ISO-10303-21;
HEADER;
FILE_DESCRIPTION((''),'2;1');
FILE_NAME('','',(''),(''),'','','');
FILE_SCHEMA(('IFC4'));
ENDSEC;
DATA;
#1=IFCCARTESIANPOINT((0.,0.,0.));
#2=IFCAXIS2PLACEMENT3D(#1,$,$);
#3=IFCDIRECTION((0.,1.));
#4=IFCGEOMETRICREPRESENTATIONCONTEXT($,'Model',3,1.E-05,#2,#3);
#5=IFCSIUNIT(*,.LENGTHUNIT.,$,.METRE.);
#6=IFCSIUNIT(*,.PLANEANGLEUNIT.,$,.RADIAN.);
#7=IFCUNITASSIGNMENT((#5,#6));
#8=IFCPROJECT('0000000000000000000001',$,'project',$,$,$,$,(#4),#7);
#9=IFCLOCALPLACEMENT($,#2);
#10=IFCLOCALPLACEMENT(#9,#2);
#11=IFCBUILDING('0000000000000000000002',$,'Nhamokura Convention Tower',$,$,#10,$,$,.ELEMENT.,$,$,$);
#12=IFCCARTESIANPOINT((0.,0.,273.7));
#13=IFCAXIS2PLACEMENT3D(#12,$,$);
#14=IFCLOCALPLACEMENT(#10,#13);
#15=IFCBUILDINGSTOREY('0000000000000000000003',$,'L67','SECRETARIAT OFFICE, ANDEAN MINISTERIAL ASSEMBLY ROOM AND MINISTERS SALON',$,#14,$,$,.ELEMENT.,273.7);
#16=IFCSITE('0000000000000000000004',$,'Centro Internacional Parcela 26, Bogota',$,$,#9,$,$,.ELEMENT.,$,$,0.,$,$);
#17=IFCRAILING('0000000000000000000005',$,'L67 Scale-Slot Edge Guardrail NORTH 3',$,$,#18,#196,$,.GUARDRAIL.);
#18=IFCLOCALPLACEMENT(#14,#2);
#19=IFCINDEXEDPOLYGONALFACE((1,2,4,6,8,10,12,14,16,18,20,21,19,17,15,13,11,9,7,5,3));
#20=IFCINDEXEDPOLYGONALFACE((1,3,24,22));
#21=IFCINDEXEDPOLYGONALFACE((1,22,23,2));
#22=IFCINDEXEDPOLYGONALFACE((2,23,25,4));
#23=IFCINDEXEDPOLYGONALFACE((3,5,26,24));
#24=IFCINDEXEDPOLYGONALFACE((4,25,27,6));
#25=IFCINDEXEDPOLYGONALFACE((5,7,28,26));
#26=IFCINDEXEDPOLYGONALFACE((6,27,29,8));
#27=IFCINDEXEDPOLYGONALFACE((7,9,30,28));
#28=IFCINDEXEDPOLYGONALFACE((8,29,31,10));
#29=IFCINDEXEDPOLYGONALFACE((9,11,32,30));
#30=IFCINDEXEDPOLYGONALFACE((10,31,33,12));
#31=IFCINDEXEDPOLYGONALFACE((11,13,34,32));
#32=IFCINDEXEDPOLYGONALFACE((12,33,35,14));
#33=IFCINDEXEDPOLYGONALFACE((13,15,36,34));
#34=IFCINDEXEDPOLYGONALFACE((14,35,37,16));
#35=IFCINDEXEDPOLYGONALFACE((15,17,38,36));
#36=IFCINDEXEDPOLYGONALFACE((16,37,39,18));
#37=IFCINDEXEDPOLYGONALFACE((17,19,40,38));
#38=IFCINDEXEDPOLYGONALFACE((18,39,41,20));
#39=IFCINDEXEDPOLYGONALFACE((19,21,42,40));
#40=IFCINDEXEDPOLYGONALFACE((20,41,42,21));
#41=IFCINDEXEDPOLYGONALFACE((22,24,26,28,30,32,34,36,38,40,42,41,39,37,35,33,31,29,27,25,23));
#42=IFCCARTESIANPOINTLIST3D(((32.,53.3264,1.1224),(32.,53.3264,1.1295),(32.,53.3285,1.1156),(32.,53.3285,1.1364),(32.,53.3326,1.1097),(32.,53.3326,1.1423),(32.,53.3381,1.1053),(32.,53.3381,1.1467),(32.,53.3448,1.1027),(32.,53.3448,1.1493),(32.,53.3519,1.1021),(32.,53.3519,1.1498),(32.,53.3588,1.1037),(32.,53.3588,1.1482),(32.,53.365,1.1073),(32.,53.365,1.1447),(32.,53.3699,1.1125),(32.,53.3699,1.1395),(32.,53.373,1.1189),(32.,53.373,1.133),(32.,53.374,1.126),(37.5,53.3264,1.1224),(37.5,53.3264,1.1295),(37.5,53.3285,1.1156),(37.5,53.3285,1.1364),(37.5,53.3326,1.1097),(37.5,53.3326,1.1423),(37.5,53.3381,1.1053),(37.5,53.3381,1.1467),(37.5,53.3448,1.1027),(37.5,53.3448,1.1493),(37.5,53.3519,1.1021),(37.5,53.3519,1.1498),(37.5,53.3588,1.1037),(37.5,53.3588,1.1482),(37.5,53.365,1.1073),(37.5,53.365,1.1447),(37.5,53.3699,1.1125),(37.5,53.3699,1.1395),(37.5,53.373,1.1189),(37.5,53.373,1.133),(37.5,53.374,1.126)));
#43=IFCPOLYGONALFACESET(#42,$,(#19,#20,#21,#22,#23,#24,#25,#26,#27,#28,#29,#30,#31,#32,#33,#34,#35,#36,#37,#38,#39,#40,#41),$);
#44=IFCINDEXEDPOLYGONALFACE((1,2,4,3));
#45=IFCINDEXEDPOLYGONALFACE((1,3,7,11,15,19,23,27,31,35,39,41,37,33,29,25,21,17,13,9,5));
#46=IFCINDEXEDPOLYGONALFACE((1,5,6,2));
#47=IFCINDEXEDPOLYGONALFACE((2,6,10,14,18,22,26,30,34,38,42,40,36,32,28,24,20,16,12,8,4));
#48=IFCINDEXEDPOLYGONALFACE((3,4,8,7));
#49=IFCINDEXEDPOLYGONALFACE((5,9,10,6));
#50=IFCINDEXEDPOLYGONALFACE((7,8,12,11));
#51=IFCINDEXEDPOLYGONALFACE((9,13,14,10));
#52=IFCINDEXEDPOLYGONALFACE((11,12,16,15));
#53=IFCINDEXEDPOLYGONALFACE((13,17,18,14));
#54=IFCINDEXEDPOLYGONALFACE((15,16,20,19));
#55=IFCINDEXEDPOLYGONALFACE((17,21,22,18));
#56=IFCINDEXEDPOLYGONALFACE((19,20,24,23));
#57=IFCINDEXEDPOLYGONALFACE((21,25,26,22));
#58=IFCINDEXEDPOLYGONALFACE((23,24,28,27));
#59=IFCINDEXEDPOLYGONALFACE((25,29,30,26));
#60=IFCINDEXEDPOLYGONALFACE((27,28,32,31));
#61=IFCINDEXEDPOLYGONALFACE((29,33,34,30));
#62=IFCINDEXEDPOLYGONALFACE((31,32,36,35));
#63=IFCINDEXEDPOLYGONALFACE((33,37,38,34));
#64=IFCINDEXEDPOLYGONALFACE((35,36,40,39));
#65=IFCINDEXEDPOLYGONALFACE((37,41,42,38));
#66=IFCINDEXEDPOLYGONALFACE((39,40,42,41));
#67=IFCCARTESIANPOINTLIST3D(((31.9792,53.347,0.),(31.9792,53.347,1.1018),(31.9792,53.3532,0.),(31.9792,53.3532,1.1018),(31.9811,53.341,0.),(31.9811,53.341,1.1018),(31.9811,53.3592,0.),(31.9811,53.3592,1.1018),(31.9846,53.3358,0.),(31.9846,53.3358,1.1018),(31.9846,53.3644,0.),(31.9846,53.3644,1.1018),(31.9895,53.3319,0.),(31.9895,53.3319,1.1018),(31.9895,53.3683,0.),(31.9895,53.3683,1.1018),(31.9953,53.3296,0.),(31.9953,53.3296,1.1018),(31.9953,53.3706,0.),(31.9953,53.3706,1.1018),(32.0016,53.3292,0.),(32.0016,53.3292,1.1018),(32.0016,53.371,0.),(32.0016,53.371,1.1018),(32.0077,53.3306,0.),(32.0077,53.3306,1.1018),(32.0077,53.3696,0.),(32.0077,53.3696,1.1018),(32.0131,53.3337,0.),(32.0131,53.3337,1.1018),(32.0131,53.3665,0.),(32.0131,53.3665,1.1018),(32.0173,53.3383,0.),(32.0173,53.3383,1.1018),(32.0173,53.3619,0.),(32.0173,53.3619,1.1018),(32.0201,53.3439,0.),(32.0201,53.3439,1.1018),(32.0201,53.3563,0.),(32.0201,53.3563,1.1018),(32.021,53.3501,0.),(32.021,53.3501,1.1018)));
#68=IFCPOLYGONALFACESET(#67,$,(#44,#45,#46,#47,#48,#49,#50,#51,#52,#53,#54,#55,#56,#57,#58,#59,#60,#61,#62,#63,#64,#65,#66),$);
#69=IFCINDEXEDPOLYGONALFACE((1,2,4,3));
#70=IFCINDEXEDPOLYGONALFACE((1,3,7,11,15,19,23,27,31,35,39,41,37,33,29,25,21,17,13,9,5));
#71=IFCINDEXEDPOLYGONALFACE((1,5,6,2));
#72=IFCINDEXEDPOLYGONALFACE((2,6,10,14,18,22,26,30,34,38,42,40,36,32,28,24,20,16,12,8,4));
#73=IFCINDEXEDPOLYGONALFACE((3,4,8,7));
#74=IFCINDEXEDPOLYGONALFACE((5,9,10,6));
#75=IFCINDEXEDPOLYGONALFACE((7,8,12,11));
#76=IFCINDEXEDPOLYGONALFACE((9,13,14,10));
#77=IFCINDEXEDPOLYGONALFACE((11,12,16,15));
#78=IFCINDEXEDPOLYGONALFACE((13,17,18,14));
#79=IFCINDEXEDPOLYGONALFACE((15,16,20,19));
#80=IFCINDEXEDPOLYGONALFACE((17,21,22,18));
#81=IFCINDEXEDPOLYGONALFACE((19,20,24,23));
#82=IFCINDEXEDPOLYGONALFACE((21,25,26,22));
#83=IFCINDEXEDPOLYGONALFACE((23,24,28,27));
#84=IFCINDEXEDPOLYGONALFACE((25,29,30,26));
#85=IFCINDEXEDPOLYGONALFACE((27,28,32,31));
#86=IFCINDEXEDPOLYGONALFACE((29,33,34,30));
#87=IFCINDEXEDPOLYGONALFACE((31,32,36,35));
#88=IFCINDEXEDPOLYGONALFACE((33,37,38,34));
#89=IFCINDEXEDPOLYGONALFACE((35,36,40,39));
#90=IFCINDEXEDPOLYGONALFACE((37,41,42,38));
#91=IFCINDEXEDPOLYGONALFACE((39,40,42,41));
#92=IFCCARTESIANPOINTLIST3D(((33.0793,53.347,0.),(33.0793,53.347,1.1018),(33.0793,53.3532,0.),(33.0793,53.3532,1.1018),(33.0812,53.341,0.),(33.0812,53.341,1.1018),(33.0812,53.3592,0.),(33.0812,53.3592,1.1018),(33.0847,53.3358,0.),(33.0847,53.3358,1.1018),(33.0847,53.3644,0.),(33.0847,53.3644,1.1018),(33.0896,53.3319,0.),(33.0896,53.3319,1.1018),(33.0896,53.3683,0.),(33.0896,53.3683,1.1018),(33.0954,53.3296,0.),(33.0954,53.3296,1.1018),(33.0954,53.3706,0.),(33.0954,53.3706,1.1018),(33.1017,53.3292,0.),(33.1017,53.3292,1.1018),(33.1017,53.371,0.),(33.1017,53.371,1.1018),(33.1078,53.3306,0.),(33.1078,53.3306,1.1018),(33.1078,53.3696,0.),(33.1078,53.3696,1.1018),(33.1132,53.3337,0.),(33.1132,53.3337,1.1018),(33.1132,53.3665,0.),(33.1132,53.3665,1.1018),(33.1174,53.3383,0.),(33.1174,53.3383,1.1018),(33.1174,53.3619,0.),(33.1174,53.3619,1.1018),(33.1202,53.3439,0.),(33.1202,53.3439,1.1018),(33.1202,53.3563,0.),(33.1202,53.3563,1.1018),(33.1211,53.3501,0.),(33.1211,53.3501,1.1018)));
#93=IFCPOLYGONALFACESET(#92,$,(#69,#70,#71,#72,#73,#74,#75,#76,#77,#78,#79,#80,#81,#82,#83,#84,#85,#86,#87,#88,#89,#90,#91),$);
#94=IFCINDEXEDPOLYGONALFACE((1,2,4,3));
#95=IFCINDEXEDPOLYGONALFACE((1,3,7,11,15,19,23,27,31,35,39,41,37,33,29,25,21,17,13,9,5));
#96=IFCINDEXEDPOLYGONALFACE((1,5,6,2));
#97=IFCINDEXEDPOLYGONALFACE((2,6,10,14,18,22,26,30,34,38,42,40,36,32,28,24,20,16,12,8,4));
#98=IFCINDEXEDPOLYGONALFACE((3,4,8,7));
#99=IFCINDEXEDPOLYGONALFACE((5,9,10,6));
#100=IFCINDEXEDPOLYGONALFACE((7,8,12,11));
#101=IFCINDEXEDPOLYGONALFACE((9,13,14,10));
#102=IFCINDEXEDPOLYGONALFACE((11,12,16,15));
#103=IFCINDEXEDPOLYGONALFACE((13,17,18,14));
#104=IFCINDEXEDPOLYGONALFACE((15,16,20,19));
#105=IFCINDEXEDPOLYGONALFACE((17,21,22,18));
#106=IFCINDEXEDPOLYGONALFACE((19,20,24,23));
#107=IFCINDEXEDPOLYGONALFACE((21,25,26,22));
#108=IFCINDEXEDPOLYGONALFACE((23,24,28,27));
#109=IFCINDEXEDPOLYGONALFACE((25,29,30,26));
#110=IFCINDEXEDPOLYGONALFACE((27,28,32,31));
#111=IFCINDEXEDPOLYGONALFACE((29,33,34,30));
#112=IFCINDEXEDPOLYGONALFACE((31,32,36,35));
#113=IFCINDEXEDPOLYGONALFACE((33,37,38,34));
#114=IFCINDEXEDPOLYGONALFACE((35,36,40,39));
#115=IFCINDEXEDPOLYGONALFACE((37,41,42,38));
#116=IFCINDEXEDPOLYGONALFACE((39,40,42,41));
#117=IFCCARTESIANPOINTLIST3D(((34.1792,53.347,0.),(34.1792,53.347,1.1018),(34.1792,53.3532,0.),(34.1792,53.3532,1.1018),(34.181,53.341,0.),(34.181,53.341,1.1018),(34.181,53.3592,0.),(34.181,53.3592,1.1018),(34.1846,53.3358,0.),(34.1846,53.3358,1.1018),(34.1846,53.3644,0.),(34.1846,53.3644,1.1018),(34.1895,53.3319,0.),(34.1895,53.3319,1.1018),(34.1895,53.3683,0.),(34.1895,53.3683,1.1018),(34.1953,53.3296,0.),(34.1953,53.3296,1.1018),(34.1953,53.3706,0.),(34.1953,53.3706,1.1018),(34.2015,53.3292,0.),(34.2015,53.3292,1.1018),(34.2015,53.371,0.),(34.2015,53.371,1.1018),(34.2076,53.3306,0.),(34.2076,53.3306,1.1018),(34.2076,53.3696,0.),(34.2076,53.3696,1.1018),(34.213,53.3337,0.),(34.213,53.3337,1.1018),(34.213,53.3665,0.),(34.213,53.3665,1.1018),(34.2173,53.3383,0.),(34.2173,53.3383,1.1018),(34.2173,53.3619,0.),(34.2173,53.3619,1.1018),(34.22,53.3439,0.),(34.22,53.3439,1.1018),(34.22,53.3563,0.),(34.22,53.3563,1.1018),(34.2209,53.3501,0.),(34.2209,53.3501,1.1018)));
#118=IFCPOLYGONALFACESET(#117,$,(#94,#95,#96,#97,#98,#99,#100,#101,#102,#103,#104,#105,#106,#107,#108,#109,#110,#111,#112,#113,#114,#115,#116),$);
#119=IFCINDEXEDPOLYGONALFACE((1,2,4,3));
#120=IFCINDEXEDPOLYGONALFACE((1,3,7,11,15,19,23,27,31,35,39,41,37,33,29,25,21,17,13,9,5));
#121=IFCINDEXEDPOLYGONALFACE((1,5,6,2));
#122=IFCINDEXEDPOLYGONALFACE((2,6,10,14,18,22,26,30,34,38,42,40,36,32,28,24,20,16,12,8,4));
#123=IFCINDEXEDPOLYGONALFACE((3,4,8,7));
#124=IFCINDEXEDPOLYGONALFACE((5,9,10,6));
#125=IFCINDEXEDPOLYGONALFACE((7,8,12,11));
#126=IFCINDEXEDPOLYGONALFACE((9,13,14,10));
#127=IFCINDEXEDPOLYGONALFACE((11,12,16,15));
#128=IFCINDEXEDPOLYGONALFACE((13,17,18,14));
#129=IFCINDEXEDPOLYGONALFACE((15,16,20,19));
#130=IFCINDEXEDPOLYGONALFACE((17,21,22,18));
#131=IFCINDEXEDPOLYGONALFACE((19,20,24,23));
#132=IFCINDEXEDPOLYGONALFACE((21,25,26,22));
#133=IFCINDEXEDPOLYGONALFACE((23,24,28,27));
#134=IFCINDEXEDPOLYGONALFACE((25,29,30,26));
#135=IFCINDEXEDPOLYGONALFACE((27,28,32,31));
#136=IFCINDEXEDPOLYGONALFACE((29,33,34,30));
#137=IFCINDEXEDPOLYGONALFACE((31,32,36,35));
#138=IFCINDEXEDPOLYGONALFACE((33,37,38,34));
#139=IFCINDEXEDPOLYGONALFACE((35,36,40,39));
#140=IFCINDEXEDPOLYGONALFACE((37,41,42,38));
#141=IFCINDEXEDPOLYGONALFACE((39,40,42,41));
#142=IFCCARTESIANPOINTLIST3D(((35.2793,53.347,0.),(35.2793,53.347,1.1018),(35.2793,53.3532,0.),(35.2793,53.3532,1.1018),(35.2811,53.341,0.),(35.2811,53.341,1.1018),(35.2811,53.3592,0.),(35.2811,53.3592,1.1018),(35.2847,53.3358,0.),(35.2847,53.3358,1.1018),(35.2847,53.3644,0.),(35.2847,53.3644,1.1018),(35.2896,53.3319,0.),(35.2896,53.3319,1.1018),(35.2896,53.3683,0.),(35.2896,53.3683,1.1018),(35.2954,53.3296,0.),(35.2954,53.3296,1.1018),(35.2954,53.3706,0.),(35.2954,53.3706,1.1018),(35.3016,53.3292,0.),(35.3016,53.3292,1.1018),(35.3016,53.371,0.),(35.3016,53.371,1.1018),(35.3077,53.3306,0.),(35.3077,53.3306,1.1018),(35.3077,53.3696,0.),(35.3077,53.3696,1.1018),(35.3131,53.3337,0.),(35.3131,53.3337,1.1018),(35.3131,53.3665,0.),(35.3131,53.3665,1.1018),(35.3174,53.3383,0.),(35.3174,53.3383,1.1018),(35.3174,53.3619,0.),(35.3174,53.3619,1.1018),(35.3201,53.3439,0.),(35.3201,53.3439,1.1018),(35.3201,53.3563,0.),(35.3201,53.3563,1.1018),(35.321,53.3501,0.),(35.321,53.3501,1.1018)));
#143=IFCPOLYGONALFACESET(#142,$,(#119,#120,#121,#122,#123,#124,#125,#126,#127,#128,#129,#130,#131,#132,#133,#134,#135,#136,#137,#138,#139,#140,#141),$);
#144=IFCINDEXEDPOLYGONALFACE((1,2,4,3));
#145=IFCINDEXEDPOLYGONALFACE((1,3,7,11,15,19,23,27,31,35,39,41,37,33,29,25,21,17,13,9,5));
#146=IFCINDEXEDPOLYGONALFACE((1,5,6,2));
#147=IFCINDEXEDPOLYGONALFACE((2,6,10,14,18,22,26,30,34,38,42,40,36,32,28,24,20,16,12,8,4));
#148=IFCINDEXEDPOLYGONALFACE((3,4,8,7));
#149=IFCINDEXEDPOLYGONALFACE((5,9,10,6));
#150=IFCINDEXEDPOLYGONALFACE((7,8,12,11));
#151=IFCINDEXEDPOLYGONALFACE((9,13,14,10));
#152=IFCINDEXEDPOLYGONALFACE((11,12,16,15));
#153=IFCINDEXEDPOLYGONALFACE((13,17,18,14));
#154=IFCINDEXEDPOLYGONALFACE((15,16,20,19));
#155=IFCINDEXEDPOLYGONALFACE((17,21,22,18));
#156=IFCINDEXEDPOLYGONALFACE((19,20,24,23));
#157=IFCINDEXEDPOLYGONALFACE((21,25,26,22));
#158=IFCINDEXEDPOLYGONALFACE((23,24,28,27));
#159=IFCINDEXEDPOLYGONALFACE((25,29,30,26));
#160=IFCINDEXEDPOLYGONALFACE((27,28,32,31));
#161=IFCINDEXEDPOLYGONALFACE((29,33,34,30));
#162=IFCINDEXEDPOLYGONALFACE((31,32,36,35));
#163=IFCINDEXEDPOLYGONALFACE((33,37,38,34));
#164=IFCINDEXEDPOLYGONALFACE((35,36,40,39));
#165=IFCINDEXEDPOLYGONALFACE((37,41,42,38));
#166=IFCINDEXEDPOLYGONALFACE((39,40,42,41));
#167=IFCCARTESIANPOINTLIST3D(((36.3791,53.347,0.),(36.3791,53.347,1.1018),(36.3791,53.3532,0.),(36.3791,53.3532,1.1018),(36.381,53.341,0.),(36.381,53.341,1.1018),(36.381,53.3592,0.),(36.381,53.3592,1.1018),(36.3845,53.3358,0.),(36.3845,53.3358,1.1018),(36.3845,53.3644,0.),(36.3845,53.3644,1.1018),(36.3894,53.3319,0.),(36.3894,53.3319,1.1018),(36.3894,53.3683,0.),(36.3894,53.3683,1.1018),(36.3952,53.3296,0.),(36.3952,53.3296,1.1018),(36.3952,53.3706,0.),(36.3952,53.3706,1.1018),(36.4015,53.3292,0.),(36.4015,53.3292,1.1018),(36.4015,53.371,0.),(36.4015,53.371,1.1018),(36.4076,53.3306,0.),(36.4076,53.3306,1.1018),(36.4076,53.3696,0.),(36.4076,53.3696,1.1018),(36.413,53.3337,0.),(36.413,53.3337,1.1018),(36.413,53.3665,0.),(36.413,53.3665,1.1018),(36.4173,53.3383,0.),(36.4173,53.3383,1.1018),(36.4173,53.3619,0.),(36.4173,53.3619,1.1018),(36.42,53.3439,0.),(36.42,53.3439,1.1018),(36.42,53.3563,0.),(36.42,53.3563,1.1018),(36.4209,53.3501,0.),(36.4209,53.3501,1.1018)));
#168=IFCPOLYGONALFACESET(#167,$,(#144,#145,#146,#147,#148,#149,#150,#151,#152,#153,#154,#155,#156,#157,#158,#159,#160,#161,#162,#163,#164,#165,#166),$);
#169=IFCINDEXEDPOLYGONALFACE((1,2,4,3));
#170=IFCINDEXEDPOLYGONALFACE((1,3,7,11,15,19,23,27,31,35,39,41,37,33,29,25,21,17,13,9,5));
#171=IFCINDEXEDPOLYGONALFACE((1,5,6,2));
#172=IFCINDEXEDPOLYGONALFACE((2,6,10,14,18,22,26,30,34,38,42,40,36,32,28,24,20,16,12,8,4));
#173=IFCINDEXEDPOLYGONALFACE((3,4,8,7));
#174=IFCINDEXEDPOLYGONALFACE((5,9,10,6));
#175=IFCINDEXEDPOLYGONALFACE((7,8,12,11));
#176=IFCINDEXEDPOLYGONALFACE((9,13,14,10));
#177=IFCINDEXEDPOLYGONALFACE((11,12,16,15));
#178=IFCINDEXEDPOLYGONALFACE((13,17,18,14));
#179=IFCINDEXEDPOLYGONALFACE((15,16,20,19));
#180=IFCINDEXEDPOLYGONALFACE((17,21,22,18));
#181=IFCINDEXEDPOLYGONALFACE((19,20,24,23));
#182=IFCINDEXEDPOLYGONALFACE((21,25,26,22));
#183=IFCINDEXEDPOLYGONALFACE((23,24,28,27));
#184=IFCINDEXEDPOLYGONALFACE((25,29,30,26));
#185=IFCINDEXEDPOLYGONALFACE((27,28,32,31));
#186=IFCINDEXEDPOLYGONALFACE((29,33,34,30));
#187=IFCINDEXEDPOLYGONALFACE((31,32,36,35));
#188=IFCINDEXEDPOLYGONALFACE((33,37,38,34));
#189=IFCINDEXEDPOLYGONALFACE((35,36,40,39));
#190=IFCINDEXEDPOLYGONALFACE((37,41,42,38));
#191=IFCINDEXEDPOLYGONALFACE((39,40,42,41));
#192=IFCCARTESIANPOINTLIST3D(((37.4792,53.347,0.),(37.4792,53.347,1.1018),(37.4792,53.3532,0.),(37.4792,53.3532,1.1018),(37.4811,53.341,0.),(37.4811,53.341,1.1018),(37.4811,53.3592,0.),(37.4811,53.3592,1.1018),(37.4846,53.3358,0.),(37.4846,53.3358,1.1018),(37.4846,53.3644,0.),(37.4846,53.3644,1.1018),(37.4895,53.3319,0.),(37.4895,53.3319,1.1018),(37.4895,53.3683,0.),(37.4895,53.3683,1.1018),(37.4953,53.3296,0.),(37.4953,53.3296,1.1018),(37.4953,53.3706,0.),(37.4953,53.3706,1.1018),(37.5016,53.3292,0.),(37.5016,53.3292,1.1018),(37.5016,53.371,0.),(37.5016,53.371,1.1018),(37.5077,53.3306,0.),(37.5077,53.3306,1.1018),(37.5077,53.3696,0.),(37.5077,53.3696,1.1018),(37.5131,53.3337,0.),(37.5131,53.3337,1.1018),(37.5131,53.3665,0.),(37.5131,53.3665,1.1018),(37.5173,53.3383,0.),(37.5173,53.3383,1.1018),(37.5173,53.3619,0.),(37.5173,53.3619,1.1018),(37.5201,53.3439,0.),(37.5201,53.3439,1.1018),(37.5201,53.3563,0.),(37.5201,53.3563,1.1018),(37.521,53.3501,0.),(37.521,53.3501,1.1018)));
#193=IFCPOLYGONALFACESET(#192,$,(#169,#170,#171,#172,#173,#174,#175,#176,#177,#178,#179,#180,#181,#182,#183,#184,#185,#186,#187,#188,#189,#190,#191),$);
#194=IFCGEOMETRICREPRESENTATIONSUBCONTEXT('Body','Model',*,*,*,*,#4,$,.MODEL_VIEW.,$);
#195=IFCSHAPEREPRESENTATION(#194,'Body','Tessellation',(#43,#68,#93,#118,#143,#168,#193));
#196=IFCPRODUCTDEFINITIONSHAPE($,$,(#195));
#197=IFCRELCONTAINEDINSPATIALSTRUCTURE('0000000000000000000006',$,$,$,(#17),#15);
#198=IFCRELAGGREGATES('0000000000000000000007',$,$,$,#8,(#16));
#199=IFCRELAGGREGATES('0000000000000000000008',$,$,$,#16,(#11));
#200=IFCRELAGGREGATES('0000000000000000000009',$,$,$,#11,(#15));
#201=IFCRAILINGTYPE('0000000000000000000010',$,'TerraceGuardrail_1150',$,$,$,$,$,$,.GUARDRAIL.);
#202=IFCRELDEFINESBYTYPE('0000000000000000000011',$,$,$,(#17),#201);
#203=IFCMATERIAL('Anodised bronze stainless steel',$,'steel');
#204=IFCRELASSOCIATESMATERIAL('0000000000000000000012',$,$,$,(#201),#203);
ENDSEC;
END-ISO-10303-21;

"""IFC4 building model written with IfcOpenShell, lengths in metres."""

from ifc_helpers import new_model, si_unit, direction, frame, origin, origin_2d, place, context, subcontext, project, spatial, circle, extrude, material, type_object, element, save


model = new_model("IFC4")

# Units and contexts
model_context = context("Model", 3, precision=1e-05, world=origin(), true_north=direction((0.0, 1.0)))
body_context = subcontext(model_context, "Body", "Model", "MODEL_VIEW")
ifc_project = project(units=[si_unit("LENGTHUNIT", "METRE"), si_unit("PLANEANGLEUNIT", "RADIAN")], contexts=[model_context])

# Site, building, storey
site_placement = place(None, origin())
site = spatial("IfcSite", under=ifc_project, at=site_placement, Name="Centro Internacional Parcela 26, Bogota", CompositionType="ELEMENT", RefElevation=0.0)
building_placement = place(site_placement, origin())
building = spatial("IfcBuilding", under=site, at=building_placement, Name="Nhamokura Convention Tower", CompositionType="ELEMENT")
storey_placement = place(building_placement, frame((0.0, 0.0, 273.7)))
storey = spatial("IfcBuildingStorey", under=building, at=storey_placement, Name="L67", Description="SECRETARIAT OFFICE, ANDEAN MINISTERIAL ASSEMBLY ROOM AND MINISTERS SALON", CompositionType="ELEMENT", Elevation=273.7)

# Railing
ifc_material_1 = material(Name="Anodised bronze stainless steel", Category="steel")
railing_type = type_object("IfcRailingType", Name="TerraceGuardrail_1150", PredefinedType="GUARDRAIL", material=ifc_material_1)
railing_placement = place(storey_placement, frame((32.0, 53.3501, 0.0)))
element("IfcRailing", 1, at=railing_placement, inside=storey, type_object=railing_type, Name="L67 Scale-Slot Edge Guardrail NORTH 3", PredefinedType="GUARDRAIL", context=body_context, shape_type="SweptSolid", body=[
    extrude(circle(Radius=0.0239, at=origin_2d()), frame((0.0, 0.0, 1.126), z_axis=(1.0, 0.0, 0.0), x_axis=(0.0, 1.0, 0.0)), (0.0, 0.0, 1.0), 5.5),
    extrude(circle(Radius=0.021, at=origin_2d()), origin(), (0.0, 0.0, 1.0), 1.1018),
    extrude(circle(Radius=0.021, at=origin_2d()), frame((1.1001, 0.0, 0.0)), (0.0, 0.0, 1.0), 1.1018),
    extrude(circle(Radius=0.021, at=origin_2d()), frame((2.2, 0.0, 0.0)), (0.0, 0.0, 1.0), 1.1018),
    extrude(circle(Radius=0.021, at=origin_2d()), frame((3.3, 0.0, 0.0)), (0.0, 0.0, 1.0), 1.1018),
    extrude(circle(Radius=0.021, at=origin_2d()), frame((4.3999, 0.0, 0.0)), (0.0, 0.0, 1.0), 1.1018),
    extrude(circle(Radius=0.021, at=origin_2d()), frame((5.5, 0.0, 0.0)), (0.0, 0.0, 1.0), 1.1018),
])

save(model, "model.ifc")
